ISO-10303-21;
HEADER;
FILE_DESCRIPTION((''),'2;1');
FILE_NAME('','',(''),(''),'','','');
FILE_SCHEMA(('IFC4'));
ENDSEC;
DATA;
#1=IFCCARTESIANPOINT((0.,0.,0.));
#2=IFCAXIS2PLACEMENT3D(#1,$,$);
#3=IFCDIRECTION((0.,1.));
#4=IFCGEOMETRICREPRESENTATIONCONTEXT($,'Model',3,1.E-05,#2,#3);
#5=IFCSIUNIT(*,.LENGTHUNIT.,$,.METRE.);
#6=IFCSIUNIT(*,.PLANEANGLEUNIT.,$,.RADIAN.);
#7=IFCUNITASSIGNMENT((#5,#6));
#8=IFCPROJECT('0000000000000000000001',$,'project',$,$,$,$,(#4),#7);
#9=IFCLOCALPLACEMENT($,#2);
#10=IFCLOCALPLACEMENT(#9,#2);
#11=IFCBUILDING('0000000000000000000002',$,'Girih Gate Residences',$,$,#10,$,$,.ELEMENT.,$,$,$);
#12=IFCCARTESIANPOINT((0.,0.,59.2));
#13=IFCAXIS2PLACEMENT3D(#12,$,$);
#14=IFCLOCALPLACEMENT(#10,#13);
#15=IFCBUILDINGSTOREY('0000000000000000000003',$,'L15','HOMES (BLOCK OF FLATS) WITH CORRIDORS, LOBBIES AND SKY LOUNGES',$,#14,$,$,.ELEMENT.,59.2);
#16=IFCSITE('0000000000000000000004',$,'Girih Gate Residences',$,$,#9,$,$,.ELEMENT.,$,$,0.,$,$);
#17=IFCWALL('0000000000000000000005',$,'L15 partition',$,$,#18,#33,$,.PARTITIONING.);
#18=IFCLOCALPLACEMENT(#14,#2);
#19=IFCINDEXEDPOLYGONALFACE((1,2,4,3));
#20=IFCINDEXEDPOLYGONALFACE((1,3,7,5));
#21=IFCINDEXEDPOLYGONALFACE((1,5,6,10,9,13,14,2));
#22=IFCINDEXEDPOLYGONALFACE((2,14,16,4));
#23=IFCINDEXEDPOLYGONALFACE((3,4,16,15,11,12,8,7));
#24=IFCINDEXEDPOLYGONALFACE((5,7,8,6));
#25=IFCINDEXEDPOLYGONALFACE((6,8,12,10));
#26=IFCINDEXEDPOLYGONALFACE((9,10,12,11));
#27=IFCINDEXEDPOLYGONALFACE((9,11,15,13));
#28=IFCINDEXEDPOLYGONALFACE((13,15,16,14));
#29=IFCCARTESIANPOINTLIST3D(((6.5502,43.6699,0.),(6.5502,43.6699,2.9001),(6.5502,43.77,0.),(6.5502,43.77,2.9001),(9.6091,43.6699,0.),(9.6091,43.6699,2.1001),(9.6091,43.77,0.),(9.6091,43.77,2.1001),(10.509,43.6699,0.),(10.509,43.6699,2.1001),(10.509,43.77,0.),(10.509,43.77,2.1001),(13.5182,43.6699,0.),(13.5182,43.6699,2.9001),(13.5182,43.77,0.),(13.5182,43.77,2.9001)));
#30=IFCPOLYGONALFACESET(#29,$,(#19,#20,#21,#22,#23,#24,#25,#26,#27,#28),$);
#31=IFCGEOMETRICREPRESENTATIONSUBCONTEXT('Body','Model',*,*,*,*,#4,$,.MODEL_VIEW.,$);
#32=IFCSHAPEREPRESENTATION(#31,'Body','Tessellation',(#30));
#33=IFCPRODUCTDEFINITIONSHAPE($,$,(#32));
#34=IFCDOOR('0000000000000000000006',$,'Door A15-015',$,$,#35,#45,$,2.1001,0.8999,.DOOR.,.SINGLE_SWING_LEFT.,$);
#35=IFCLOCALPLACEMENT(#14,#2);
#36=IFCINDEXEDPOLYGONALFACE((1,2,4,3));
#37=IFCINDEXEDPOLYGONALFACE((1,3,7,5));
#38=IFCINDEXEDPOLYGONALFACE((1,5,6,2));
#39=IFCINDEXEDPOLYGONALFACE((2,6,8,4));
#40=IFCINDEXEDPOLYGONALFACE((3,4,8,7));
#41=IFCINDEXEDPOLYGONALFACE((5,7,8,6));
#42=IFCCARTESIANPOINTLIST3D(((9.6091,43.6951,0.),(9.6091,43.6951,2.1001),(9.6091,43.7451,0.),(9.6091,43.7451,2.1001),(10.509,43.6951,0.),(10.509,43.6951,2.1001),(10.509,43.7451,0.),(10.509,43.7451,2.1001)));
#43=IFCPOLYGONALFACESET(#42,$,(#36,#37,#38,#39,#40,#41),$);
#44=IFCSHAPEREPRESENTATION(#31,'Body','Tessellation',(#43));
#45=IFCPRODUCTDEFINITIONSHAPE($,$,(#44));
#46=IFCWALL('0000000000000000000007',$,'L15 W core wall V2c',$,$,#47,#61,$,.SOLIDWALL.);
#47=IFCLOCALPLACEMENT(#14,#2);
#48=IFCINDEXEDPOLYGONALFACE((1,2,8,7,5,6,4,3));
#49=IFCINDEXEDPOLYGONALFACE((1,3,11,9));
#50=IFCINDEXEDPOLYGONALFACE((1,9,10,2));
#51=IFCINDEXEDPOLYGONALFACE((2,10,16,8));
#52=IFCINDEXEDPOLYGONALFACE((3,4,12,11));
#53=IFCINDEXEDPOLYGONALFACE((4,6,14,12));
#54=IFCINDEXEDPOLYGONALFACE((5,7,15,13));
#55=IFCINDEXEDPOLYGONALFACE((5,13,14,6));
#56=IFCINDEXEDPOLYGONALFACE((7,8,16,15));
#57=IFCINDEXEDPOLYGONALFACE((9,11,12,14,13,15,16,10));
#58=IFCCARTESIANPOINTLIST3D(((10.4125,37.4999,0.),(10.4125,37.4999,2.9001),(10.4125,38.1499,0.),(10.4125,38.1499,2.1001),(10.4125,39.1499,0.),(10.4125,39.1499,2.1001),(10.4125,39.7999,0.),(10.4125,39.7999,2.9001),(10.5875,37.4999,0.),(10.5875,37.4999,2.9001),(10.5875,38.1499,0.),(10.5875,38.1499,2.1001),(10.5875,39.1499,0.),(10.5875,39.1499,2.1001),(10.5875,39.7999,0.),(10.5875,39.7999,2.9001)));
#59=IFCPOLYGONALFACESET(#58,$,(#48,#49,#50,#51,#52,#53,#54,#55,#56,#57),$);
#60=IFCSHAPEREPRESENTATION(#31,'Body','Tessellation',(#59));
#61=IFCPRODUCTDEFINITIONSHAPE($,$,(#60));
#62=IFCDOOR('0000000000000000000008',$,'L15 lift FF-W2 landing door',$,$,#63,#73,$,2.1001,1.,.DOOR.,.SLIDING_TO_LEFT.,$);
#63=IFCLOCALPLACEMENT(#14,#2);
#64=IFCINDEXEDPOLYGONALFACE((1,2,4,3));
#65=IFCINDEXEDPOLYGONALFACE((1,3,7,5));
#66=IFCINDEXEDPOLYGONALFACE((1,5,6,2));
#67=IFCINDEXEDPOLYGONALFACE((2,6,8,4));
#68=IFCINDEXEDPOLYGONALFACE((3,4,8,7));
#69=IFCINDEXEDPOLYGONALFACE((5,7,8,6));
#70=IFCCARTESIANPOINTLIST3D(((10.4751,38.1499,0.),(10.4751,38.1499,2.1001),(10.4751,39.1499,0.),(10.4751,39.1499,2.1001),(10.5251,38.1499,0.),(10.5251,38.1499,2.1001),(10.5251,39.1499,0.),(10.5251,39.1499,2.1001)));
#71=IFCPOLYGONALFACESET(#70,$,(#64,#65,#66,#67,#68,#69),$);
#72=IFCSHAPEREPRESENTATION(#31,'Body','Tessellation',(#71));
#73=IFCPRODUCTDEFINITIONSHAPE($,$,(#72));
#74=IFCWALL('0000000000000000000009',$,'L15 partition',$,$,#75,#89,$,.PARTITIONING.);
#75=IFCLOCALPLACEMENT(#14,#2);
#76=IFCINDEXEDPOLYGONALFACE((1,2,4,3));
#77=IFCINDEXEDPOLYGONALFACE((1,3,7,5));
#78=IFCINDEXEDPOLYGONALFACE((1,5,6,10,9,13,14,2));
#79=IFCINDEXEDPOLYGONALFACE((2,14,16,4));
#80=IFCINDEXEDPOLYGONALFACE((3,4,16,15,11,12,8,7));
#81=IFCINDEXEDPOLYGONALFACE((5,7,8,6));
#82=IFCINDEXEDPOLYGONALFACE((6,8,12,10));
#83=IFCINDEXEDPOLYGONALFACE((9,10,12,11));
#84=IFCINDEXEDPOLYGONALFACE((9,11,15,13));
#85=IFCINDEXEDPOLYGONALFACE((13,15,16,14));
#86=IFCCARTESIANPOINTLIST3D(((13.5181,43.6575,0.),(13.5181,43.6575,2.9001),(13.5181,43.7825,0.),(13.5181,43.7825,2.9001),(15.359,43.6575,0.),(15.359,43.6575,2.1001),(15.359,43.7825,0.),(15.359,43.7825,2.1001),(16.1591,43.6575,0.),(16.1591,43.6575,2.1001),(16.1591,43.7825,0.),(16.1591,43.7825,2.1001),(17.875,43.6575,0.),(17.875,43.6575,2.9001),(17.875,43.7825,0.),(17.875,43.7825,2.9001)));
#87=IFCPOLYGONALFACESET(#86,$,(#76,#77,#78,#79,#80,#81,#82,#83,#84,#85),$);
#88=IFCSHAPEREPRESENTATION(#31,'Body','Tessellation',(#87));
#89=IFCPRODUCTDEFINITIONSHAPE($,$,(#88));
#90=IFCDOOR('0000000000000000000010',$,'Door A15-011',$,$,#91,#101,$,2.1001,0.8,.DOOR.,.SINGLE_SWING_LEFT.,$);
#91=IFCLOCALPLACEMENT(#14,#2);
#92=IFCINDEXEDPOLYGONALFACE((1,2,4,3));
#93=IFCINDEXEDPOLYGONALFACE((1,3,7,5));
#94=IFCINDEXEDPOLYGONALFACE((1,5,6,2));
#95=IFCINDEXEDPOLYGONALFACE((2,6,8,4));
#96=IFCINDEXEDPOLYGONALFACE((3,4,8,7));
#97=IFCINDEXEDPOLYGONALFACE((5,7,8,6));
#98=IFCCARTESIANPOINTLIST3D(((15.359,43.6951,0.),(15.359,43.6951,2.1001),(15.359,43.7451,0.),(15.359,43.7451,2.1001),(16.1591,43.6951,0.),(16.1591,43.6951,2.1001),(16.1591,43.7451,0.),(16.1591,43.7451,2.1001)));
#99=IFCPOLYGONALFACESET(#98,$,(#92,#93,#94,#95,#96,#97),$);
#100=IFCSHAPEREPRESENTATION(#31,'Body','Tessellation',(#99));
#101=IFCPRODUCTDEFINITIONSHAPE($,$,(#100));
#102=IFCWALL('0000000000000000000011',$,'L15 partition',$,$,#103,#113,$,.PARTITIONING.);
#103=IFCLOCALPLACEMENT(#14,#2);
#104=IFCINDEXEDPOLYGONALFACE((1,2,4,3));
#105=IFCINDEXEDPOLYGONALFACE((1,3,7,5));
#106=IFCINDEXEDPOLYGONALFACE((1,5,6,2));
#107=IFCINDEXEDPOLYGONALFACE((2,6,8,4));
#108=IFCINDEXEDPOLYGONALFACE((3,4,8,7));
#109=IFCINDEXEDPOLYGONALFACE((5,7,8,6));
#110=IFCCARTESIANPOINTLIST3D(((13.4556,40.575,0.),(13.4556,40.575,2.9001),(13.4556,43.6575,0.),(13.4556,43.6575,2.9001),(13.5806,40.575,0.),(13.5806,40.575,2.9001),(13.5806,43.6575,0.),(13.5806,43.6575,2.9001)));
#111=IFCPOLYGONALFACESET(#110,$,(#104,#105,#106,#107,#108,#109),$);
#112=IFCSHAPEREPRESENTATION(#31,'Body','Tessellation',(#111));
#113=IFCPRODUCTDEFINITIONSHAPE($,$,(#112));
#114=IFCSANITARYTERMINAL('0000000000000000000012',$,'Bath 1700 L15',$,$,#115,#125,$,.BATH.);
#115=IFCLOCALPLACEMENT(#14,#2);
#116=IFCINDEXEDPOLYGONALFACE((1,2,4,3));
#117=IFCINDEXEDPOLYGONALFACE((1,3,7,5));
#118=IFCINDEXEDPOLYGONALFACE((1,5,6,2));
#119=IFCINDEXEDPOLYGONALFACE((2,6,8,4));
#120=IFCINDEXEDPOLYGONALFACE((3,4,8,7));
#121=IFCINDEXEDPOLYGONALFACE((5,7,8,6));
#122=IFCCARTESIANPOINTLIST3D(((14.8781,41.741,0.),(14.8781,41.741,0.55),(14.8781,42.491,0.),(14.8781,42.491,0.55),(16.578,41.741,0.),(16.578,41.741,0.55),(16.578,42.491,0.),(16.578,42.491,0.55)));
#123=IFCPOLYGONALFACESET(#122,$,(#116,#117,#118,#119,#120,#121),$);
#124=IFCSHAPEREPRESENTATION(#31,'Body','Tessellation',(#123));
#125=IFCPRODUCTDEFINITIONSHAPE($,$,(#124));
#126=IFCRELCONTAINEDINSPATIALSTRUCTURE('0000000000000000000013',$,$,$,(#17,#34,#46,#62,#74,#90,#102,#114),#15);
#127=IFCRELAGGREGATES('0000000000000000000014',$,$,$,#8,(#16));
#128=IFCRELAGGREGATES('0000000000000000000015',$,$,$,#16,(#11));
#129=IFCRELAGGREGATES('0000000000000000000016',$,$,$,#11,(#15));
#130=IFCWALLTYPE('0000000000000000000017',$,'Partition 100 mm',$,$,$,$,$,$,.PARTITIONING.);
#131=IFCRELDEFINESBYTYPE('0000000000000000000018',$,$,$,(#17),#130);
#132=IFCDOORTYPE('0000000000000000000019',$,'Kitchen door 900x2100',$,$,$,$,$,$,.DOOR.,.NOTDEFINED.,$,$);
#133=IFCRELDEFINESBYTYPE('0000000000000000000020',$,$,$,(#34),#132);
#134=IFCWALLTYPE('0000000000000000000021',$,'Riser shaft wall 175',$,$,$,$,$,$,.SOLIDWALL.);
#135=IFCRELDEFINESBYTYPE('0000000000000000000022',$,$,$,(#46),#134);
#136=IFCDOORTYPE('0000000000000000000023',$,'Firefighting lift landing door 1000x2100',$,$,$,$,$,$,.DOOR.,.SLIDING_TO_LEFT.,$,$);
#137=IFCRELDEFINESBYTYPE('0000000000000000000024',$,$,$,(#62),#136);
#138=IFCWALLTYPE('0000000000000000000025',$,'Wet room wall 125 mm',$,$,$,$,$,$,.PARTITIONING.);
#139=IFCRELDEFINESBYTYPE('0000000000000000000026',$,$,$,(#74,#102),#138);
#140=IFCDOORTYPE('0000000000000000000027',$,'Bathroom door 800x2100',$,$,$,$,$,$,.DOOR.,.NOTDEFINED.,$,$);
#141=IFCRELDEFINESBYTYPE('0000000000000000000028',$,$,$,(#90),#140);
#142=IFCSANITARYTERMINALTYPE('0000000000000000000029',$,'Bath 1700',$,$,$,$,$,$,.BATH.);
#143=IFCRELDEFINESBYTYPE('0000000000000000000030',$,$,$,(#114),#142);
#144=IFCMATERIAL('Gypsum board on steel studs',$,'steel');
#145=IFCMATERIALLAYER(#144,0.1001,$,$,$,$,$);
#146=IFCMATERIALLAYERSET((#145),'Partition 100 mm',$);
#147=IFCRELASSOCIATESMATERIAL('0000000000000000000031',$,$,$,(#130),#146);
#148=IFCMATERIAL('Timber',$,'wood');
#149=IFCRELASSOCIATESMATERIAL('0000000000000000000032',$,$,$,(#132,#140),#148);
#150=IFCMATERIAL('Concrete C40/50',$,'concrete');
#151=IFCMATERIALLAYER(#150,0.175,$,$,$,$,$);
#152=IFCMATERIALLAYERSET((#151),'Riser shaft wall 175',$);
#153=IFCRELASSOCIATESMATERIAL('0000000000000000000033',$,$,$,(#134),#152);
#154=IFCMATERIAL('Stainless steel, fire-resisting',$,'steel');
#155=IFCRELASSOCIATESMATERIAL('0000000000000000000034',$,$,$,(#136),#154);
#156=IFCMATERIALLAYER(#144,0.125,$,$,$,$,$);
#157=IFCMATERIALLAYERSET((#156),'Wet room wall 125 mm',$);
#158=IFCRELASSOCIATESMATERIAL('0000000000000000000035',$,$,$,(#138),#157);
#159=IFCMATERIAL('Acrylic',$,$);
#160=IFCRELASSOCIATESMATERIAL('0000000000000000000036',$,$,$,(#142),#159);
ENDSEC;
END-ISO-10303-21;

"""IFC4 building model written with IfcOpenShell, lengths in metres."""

from ifc_helpers import new_model, si_unit, direction, frame, frame_2d, origin, origin_2d, place, context, subcontext, project, spatial, rectangle, extrude, material, layer, layer_set, type_object, element, fill, save


model = new_model("IFC4")

# Units and contexts
model_context = context("Model", 3, precision=1e-05, world=origin(), true_north=direction((0.0, 1.0)))
body_context = subcontext(model_context, "Body", "Model", "MODEL_VIEW")
ifc_project = project(units=[si_unit("LENGTHUNIT", "METRE"), si_unit("PLANEANGLEUNIT", "RADIAN")], contexts=[model_context])

# Site, building, storey
site_placement = place(None, origin())
site = spatial("IfcSite", under=ifc_project, at=site_placement, Name="Girih Gate Residences", CompositionType="ELEMENT", RefElevation=0.0)
building_placement = place(site_placement, origin())
building = spatial("IfcBuilding", under=site, at=building_placement, Name="Girih Gate Residences", CompositionType="ELEMENT")
storey_placement = place(building_placement, frame((0.0, 0.0, 59.2)))
storey = spatial("IfcBuildingStorey", under=building, at=storey_placement, Name="L15", Description="HOMES (BLOCK OF FLATS) WITH CORRIDORS, LOBBIES AND SKY LOUNGES", CompositionType="ELEMENT", Elevation=59.2)

# Shared definitions
ifc_material_1 = material(Name="Gypsum board on steel studs", Category="steel")

# Walls, openings, doors
ifc_layer_1 = layer(ifc_material_1, 0.1001)
ifc_layer_set_1 = layer_set([ifc_layer_1], Name="Partition 100 mm")
wall_type_1 = type_object("IfcWallType", Name="Partition 100 mm", PredefinedType="PARTITIONING", material=ifc_layer_set_1)
ifc_material_2 = material(Name="Timber", Category="wood")
wall_1_placement = place(storey_placement, frame((13.5181, 43.72, 0.0), z_axis=(0.0, 0.0, 1.0), x_axis=(-1.0, 0.0, 0.0)))
wall_1 = element("IfcWall", 1, at=wall_1_placement, inside=storey, type_object=wall_type_1, Name="L15 partition", PredefinedType="PARTITIONING", context=body_context, shape_type="SweptSolid", body=[
    extrude(rectangle(XDim=6.968, YDim=0.1001, at=frame_2d((3.4839, 0.0))), origin(), (0.0, 0.0, 1.0), 2.9001),
])
opening_1_placement = place(wall_1_placement, frame((3.009, 0.0, 0.0)))
opening_1 = element("IfcOpeningElement", 2, at=opening_1_placement, cuts=wall_1, PredefinedType="OPENING", context=body_context, shape_type="SweptSolid", body=[
    extrude(rectangle(XDim=0.8999, YDim=2.1001, at=frame_2d((0.45, 1.05))), frame((0.0, 0.0601, 0.0), z_axis=(0.0, -1.0, 0.0), x_axis=(1.0, 0.0, 0.0)), (0.0, 0.0, 1.0), 0.1201),
])
door_type_1 = type_object("IfcDoorType", Name="Kitchen door 900x2100", OperationType="NOTDEFINED", PredefinedType="DOOR", material=ifc_material_2)
door_1_placement = place(opening_1_placement, origin())
door_1 = element("IfcDoor", 3, at=door_1_placement, inside=storey, type_object=door_type_1, Name="Door A15-015", OperationType="SINGLE_SWING_LEFT", OverallHeight=2.1001, OverallWidth=0.8999, PredefinedType="DOOR", context=body_context, shape_type="SweptSolid", body=[
    extrude(rectangle(XDim=0.8999, YDim=2.1001, at=frame_2d((0.45, 1.05))), frame((0.0, 0.0249, 0.0), z_axis=(0.0, -1.0, 0.0), x_axis=(1.0, 0.0, 0.0)), (0.0, 0.0, 1.0), 0.05),
])
fill(opening_1, door_1)
ifc_material_3 = material(Name="Concrete C40/50", Category="concrete")
ifc_layer_2 = layer(ifc_material_3, 0.175)
ifc_layer_set_2 = layer_set([ifc_layer_2], Name="Riser shaft wall 175")
wall_type_2 = type_object("IfcWallType", Name="Riser shaft wall 175", PredefinedType="SOLIDWALL", material=ifc_layer_set_2)
wall_2_placement = place(storey_placement, frame((10.5, 37.5, 0.0), z_axis=(0.0, 0.0, 1.0), x_axis=(0.0, 1.0, 0.0)))
wall_2 = element("IfcWall", 4, at=wall_2_placement, inside=storey, type_object=wall_type_2, Name="L15 W core wall V2c", PredefinedType="SOLIDWALL", context=body_context, shape_type="SweptSolid", body=[
    extrude(rectangle(XDim=2.3, YDim=0.175, at=frame_2d((1.1499, 0.0))), origin(), (0.0, 0.0, 1.0), 2.9001),
])
opening_2_placement = place(wall_2_placement, frame((0.6499, 0.0, 0.0)))
opening_2 = element("IfcOpeningElement", 5, at=opening_2_placement, cuts=wall_2, PredefinedType="OPENING", context=body_context, shape_type="SweptSolid", body=[
    extrude(rectangle(XDim=1.0, YDim=2.1001, at=frame_2d((0.5, 1.05))), frame((0.0, 0.0974, 0.0), z_axis=(0.0, -1.0, 0.0), x_axis=(1.0, 0.0, 0.0)), (0.0, 0.0, 1.0), 0.1951),
])
ifc_material_4 = material(Name="Stainless steel, fire-resisting", Category="steel")
door_type_2 = type_object("IfcDoorType", Name="Firefighting lift landing door 1000x2100", OperationType="SLIDING_TO_LEFT", PredefinedType="DOOR", material=ifc_material_4)
door_2_placement = place(opening_2_placement, origin())
door_2 = element("IfcDoor", 6, at=door_2_placement, inside=storey, type_object=door_type_2, Name="L15 lift FF-W2 landing door", OperationType="SLIDING_TO_LEFT", OverallHeight=2.1001, OverallWidth=1.0, PredefinedType="DOOR", context=body_context, shape_type="SweptSolid", body=[
    extrude(rectangle(XDim=1.0, YDim=2.1001, at=frame_2d((0.5, 1.05))), frame((0.0, 0.0249, 0.0), z_axis=(0.0, -1.0, 0.0), x_axis=(1.0, 0.0, 0.0)), (0.0, 0.0, 1.0), 0.05),
])
fill(opening_2, door_2)
ifc_layer_3 = layer(ifc_material_1, 0.125)
ifc_layer_set_3 = layer_set([ifc_layer_3], Name="Wet room wall 125 mm")
wall_type_3 = type_object("IfcWallType", Name="Wet room wall 125 mm", PredefinedType="PARTITIONING", material=ifc_layer_set_3)
wall_3_placement = place(storey_placement, frame((17.875, 43.72, 0.0), z_axis=(0.0, 0.0, 1.0), x_axis=(-1.0, 0.0, 0.0)))
wall_3 = element("IfcWall", 7, at=wall_3_placement, inside=storey, type_object=wall_type_3, Name="L15 partition", PredefinedType="PARTITIONING", context=body_context, shape_type="SweptSolid", body=[
    extrude(rectangle(XDim=4.3569, YDim=0.125, at=frame_2d((2.1785, 0.0))), origin(), (0.0, 0.0, 1.0), 2.9001),
])
opening_3_placement = place(wall_3_placement, frame((1.7161, 0.0, 0.0)))
opening_3 = element("IfcOpeningElement", 8, at=opening_3_placement, cuts=wall_3, PredefinedType="OPENING", context=body_context, shape_type="SweptSolid", body=[
    extrude(rectangle(XDim=0.8, YDim=2.1001, at=frame_2d((0.3999, 1.05))), frame((0.0, 0.0725, 0.0), z_axis=(0.0, -1.0, 0.0), x_axis=(1.0, 0.0, 0.0)), (0.0, 0.0, 1.0), 0.145),
])
door_type_3 = type_object("IfcDoorType", Name="Bathroom door 800x2100", OperationType="NOTDEFINED", PredefinedType="DOOR", material=ifc_material_2)
door_3_placement = place(opening_3_placement, origin())
door_3 = element("IfcDoor", 9, at=door_3_placement, inside=storey, type_object=door_type_3, Name="Door A15-011", OperationType="SINGLE_SWING_LEFT", OverallHeight=2.1001, OverallWidth=0.8, PredefinedType="DOOR", context=body_context, shape_type="SweptSolid", body=[
    extrude(rectangle(XDim=0.8, YDim=2.1001, at=frame_2d((0.3999, 1.05))), frame((0.0, 0.0249, 0.0), z_axis=(0.0, -1.0, 0.0), x_axis=(1.0, 0.0, 0.0)), (0.0, 0.0, 1.0), 0.05),
])
fill(opening_3, door_3)

# Wall
wall_4_placement = place(storey_placement, frame((13.5181, 40.575, 0.0), z_axis=(0.0, 0.0, 1.0), x_axis=(0.0, 1.0, 0.0)))
element("IfcWall", 10, at=wall_4_placement, inside=storey, type_object=wall_type_3, Name="L15 partition", PredefinedType="PARTITIONING", context=body_context, shape_type="SweptSolid", body=[
    extrude(rectangle(XDim=3.0825, YDim=0.125, at=frame_2d((1.5413, 0.0))), origin(), (0.0, 0.0, 1.0), 2.9001),
])

# Sanitary terminal
ifc_material_5 = material(Name="Acrylic")
sanitary_terminal_type = type_object("IfcSanitaryTerminalType", Name="Bath 1700", PredefinedType="BATH", material=ifc_material_5)
sanitary_terminal_placement = place(storey_placement, frame((15.728, 42.116, 0.0), z_axis=(0.0, 0.0, 1.0), x_axis=(1.0, 0.0, 0.0)))
element("IfcSanitaryTerminal", 11, at=sanitary_terminal_placement, inside=storey, type_object=sanitary_terminal_type, Name="Bath 1700 L15", PredefinedType="BATH", context=body_context, shape_type="SweptSolid", body=[
    extrude(rectangle(XDim=1.7, YDim=0.75, at=origin_2d()), origin(), (0.0, 0.0, 1.0), 0.55),
])

save(model, "model.ifc")
